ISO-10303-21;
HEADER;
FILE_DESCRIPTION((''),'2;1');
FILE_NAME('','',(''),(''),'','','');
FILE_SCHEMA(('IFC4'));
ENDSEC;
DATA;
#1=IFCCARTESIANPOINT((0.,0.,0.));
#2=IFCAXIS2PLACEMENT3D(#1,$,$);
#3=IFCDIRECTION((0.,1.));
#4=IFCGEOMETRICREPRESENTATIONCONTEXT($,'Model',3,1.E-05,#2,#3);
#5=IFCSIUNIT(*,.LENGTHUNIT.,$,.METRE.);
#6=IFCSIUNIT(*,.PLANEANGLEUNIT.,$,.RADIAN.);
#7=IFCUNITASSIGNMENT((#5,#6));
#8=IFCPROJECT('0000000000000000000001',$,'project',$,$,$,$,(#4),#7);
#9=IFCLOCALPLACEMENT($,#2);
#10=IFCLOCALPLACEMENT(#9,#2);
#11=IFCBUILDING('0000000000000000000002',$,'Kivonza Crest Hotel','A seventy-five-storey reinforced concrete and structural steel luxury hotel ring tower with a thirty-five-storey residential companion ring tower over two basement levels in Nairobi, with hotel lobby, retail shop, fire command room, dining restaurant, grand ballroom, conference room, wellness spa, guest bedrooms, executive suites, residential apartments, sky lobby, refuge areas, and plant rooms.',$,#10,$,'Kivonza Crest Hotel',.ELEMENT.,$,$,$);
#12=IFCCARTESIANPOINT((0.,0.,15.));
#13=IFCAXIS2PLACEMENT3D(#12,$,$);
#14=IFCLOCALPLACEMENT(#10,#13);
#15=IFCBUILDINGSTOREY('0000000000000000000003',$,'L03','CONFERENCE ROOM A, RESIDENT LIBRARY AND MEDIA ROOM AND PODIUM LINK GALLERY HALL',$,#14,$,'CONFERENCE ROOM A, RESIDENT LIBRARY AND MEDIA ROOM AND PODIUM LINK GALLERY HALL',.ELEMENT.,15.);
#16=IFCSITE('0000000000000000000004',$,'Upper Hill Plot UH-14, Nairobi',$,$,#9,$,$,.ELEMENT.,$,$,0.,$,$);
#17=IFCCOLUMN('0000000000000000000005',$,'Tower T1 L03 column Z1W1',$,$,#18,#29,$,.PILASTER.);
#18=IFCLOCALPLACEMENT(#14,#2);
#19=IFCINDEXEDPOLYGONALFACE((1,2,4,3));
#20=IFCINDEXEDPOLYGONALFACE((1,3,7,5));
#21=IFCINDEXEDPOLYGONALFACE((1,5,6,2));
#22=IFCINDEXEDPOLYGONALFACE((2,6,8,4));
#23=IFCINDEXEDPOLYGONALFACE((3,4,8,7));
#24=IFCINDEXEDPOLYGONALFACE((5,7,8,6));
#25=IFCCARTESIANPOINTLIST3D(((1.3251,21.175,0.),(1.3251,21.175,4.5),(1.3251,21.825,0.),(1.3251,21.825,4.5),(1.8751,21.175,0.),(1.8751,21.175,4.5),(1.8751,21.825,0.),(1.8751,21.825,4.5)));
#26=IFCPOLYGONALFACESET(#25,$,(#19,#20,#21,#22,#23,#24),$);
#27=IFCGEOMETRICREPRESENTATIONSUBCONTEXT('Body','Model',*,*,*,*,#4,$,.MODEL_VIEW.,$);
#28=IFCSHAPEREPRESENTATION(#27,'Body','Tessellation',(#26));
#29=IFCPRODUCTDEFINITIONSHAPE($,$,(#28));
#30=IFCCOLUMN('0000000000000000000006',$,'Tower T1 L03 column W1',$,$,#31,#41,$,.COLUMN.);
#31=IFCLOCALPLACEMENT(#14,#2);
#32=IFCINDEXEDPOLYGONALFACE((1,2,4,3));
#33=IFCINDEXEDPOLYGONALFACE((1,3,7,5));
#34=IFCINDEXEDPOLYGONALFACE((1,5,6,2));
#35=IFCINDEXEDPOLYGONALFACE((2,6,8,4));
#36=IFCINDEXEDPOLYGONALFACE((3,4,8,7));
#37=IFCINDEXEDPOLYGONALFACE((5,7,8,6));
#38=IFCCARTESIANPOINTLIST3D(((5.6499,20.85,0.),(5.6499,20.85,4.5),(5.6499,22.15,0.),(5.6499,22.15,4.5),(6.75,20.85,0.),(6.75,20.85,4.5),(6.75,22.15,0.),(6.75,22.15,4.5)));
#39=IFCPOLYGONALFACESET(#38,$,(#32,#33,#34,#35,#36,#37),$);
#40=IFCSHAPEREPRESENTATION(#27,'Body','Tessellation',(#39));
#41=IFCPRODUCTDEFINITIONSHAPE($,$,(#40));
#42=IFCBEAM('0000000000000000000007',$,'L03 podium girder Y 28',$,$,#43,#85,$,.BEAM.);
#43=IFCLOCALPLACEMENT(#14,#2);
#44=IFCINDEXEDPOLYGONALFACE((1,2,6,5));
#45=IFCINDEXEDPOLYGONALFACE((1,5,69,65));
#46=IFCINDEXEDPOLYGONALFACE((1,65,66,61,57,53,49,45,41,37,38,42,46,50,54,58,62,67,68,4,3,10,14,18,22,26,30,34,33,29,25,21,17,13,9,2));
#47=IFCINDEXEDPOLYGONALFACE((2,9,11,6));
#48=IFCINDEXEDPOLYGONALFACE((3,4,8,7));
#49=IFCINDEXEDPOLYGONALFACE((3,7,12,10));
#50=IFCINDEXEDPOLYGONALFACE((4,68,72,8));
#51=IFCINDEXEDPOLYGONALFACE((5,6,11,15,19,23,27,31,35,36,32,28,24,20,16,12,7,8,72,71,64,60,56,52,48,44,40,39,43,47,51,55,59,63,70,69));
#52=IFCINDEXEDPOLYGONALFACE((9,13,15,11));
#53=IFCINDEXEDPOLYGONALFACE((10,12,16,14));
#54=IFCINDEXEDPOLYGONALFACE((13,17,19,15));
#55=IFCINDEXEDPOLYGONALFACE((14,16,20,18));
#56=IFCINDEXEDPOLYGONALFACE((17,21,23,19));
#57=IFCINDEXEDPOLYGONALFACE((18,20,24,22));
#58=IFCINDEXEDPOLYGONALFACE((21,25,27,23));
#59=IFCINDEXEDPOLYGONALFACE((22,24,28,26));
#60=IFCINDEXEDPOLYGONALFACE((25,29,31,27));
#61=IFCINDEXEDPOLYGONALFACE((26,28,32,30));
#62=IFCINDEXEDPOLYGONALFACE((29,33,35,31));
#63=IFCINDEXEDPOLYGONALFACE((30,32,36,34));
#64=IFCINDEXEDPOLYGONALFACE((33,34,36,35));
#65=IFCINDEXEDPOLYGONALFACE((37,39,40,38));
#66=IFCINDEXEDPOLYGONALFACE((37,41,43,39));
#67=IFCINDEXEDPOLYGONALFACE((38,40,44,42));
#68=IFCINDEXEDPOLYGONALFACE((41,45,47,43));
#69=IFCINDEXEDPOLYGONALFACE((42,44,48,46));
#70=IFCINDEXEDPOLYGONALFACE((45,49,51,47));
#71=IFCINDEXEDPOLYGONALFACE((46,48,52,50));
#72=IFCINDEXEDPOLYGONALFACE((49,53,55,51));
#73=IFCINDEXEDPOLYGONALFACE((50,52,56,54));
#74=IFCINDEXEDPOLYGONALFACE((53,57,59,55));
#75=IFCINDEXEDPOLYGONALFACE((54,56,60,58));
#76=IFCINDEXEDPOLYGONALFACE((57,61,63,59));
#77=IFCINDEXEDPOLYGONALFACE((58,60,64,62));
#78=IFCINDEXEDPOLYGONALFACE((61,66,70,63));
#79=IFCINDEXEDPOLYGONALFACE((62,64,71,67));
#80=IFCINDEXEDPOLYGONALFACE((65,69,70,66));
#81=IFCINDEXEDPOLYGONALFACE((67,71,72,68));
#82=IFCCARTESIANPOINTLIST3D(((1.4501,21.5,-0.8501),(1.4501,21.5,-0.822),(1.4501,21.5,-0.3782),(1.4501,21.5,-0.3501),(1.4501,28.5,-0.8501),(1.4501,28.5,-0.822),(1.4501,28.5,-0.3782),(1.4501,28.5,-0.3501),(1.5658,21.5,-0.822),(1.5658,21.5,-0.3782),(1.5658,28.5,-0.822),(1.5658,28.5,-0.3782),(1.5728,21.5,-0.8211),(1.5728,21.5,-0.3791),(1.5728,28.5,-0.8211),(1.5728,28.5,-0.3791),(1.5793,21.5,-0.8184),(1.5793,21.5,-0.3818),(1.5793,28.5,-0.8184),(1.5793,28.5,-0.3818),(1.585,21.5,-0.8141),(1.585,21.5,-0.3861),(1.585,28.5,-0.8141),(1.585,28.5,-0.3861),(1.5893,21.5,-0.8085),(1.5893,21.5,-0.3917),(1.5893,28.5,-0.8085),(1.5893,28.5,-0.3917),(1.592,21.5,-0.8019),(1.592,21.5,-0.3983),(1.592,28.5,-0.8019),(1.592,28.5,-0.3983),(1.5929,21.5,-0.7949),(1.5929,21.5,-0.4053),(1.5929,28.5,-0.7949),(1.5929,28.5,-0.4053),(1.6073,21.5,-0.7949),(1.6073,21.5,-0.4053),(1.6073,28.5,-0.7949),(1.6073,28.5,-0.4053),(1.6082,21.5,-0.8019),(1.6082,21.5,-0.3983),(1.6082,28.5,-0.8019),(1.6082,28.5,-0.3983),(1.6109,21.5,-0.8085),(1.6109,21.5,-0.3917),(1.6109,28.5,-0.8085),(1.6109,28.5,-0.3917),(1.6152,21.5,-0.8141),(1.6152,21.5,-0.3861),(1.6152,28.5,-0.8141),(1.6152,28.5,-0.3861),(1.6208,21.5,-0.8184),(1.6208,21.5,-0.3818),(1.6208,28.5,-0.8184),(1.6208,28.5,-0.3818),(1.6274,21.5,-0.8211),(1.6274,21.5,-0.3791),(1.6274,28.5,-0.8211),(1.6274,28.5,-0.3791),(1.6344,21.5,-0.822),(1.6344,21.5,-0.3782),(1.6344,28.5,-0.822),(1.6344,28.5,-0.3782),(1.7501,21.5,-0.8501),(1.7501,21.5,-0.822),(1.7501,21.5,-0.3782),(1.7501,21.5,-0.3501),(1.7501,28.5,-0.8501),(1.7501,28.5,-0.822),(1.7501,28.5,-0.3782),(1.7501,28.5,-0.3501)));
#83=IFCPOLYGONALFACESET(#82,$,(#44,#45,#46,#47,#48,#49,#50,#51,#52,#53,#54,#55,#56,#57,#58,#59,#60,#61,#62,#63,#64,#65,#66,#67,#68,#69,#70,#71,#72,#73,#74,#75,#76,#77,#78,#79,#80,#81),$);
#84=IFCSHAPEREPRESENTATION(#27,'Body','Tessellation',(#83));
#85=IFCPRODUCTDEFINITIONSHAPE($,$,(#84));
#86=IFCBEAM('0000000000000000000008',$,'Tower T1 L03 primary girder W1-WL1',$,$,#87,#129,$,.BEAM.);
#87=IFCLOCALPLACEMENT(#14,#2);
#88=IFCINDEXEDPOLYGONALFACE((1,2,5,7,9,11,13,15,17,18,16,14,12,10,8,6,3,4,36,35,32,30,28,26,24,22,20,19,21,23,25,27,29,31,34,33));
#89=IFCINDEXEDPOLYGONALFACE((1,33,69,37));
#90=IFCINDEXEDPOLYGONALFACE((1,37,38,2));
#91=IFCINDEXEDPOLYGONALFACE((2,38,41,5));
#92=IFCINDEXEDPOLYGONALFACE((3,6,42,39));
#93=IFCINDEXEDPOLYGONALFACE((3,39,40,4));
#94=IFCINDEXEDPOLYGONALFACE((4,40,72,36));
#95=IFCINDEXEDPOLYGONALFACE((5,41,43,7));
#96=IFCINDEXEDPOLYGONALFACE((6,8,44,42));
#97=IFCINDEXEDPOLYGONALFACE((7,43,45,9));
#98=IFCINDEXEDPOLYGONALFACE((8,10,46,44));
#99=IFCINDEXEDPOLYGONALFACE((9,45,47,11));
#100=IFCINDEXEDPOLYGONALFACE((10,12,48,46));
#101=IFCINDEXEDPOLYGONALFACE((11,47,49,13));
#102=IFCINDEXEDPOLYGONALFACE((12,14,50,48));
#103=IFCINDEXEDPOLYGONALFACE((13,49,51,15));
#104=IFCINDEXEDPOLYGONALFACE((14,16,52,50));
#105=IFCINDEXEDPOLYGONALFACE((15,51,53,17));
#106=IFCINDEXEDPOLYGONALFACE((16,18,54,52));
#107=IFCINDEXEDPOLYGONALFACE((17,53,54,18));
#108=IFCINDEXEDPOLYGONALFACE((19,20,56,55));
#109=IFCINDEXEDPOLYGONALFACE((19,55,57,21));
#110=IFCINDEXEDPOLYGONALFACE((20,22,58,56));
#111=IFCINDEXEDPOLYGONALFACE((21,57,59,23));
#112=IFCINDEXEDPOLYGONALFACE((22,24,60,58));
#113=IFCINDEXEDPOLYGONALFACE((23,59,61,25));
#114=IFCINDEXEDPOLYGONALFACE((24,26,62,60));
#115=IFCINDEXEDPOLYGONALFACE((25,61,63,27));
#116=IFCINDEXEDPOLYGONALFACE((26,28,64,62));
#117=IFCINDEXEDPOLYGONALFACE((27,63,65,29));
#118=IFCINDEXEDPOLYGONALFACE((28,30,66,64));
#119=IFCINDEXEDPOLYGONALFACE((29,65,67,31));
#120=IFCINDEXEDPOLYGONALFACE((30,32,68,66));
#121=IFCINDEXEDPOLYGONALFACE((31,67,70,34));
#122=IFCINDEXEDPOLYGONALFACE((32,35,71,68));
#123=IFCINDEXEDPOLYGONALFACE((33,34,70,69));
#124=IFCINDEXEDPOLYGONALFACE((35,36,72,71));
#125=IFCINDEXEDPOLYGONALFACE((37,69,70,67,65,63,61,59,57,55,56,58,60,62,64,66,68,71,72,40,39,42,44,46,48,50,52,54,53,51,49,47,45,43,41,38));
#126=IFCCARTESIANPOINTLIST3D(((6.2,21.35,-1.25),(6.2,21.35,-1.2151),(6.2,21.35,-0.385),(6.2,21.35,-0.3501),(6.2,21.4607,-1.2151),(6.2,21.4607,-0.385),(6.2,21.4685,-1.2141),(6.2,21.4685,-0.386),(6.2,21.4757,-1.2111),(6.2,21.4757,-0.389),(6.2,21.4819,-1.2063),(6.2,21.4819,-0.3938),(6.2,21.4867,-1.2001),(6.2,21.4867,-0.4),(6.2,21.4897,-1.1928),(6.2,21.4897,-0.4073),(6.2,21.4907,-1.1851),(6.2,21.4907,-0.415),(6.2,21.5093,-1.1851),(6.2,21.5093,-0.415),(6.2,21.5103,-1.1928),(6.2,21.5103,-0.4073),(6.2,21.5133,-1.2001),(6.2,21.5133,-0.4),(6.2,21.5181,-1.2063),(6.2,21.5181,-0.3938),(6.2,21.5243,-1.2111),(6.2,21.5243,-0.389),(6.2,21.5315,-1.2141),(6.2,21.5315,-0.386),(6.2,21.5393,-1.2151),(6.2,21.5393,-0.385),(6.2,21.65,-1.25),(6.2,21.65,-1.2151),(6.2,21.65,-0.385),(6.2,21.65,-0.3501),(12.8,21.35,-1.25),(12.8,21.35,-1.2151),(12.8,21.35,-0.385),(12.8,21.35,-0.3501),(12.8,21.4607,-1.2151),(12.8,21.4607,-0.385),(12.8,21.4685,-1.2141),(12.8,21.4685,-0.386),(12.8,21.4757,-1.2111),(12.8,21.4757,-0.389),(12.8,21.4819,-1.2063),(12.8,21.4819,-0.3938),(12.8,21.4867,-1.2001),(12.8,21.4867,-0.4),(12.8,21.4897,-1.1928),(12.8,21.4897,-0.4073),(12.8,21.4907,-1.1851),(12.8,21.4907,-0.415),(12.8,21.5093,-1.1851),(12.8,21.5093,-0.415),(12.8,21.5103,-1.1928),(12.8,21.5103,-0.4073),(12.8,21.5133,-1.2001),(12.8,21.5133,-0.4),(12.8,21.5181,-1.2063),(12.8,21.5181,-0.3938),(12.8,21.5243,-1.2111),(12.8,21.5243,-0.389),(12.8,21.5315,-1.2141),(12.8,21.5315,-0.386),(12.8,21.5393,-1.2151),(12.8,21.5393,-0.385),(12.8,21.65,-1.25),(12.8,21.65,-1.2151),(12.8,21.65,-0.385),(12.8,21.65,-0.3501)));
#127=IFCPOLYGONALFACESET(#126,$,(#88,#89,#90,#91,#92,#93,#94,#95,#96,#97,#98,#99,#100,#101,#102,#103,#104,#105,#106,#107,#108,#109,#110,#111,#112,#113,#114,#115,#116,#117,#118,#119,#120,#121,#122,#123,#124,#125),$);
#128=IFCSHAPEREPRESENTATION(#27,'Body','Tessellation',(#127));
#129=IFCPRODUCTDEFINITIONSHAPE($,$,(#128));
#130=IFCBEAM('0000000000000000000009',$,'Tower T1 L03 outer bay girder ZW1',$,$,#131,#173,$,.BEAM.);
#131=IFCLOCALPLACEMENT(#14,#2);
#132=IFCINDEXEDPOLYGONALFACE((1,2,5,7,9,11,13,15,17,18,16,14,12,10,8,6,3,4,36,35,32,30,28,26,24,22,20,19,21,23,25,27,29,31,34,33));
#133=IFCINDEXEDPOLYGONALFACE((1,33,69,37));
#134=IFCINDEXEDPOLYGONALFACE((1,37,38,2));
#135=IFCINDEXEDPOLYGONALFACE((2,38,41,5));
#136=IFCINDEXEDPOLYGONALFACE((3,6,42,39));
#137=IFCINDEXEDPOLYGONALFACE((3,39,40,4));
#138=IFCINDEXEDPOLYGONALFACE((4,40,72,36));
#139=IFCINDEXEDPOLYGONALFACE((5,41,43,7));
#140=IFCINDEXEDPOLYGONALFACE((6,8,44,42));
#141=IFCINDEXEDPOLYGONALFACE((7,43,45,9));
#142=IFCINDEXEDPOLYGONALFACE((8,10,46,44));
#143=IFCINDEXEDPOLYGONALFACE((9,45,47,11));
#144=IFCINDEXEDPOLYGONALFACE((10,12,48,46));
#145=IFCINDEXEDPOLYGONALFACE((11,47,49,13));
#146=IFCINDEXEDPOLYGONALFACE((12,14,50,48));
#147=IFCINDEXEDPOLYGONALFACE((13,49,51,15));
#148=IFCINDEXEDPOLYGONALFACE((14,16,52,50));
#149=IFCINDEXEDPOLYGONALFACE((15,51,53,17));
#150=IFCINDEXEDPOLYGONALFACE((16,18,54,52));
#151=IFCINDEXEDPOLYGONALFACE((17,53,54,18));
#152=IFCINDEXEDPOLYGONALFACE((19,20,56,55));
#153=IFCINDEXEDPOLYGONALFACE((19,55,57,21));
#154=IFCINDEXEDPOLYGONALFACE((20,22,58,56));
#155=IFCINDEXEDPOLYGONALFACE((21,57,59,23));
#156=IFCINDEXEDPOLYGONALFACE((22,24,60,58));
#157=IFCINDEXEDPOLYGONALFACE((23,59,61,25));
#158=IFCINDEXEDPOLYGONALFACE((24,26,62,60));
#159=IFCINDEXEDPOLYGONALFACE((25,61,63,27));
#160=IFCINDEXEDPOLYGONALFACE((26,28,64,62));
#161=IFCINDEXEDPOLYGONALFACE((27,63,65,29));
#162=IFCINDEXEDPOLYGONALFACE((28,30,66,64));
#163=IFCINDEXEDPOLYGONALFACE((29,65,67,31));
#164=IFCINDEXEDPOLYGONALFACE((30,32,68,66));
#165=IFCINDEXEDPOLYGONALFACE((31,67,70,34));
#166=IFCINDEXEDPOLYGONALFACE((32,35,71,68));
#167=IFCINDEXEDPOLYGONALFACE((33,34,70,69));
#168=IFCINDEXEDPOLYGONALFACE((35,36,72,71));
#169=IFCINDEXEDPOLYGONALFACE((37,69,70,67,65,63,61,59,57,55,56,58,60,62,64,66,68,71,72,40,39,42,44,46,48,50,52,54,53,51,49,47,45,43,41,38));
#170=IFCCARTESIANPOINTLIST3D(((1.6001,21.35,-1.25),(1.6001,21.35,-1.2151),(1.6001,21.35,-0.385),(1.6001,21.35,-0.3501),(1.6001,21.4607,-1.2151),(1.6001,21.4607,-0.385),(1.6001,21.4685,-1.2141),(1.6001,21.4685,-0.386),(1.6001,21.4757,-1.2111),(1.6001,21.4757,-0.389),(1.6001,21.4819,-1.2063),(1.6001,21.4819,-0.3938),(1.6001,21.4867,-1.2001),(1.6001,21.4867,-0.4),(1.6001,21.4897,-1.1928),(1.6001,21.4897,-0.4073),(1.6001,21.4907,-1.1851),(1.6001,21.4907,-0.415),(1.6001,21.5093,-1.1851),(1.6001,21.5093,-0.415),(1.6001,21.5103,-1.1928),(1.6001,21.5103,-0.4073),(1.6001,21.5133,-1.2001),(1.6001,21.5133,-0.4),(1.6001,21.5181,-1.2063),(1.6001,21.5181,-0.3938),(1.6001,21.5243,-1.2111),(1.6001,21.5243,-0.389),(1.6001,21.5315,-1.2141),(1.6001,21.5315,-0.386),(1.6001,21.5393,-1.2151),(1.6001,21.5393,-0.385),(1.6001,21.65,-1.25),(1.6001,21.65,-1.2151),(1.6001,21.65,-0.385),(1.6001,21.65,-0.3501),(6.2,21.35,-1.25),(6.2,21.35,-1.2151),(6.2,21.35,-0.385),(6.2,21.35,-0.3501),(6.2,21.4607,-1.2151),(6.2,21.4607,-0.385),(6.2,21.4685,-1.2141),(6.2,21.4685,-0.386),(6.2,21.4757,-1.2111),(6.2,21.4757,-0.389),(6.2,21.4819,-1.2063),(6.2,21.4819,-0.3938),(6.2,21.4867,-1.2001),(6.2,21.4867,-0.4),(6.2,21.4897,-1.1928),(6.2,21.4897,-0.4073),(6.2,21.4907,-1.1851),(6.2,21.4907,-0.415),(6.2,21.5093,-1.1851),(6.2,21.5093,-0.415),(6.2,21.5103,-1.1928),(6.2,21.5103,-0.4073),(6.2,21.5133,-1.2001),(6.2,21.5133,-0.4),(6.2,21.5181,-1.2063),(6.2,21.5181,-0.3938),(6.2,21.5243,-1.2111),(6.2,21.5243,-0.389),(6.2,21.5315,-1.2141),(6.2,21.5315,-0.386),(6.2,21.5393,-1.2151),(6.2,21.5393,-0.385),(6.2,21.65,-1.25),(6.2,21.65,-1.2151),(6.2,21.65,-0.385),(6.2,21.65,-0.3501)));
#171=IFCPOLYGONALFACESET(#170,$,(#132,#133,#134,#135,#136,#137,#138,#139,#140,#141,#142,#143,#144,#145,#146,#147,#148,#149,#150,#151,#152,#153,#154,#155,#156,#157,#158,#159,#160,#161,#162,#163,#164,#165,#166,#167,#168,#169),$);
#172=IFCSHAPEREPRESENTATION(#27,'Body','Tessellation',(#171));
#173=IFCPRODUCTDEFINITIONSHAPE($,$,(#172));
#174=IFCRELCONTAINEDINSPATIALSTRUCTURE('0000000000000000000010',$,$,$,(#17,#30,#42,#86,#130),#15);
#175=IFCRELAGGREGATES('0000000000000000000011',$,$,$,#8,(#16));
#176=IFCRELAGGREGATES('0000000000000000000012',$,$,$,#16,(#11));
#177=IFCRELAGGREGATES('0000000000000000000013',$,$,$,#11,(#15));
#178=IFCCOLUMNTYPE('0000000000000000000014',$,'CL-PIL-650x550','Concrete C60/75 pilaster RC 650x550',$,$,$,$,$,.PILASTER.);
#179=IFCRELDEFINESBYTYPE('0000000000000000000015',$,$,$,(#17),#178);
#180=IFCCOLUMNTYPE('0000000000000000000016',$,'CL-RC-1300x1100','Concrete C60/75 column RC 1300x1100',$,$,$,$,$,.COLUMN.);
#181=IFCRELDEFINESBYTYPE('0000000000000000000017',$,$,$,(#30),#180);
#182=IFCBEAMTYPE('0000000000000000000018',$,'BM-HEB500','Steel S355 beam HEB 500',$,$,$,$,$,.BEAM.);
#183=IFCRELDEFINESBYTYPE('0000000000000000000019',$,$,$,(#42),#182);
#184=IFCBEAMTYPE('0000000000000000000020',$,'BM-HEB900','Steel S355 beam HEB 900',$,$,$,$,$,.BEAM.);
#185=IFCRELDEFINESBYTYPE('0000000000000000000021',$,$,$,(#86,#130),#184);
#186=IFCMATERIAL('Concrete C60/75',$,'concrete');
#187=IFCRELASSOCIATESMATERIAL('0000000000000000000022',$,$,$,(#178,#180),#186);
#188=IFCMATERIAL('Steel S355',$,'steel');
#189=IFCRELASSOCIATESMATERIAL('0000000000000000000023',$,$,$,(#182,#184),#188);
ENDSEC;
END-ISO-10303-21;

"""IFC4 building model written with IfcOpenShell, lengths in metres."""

from ifc_helpers import new_model, si_unit, direction, frame, origin, origin_2d, place, context, subcontext, project, spatial, rectangle, i_section, extrude, material, material_profile, profile_set, type_object, element, save


model = new_model("IFC4")

# Units and contexts
model_context = context("Model", 3, precision=1e-05, world=origin(), true_north=direction((0.0, 1.0)))
body_context = subcontext(model_context, "Body", "Model", "MODEL_VIEW")
ifc_project = project(units=[si_unit("LENGTHUNIT", "METRE"), si_unit("PLANEANGLEUNIT", "RADIAN")], contexts=[model_context])

# Site, building, storey
site_placement = place(None, origin())
site = spatial("IfcSite", under=ifc_project, at=site_placement, Name="Upper Hill Plot UH-14, Nairobi", CompositionType="ELEMENT", RefElevation=0.0)
building_placement = place(site_placement, origin())
building = spatial("IfcBuilding", under=site, at=building_placement, Name="Kivonza Crest Hotel", Description="A seventy-five-storey reinforced concrete and structural steel luxury hotel ring tower with a thirty-five-storey residential companion ring tower over two basement levels in Nairobi, with hotel lobby, retail shop, fire command room, dining restaurant, grand ballroom, conference room, wellness spa, guest bedrooms, executive suites, residential apartments, sky lobby, refuge areas, and plant rooms.", LongName="Kivonza Crest Hotel", CompositionType="ELEMENT")
storey_placement = place(building_placement, frame((0.0, 0.0, 15.0)))
storey = spatial("IfcBuildingStorey", under=building, at=storey_placement, Name="L03", Description="CONFERENCE ROOM A, RESIDENT LIBRARY AND MEDIA ROOM AND PODIUM LINK GALLERY HALL", LongName="CONFERENCE ROOM A, RESIDENT LIBRARY AND MEDIA ROOM AND PODIUM LINK GALLERY HALL", CompositionType="ELEMENT", Elevation=15.0)

# Columns
ifc_material_1 = material(Name="Concrete C60/75", Category="concrete")
ifc_material_profile_1 = material_profile(ifc_material_1, rectangle(XDim=0.55, YDim=0.6499, at=origin_2d()), Name="RC 650x550")
ifc_profile_set_1 = profile_set([ifc_material_profile_1], Name="Concrete C60/75")
column_type_1 = type_object("IfcColumnType", Name="CL-PIL-650x550", Description="Concrete C60/75 pilaster RC 650x550", PredefinedType="PILASTER", material=ifc_profile_set_1)
column_1_placement = place(storey_placement, frame((1.6001, 21.5, 0.0), z_axis=(0.0, 0.0, 1.0), x_axis=(1.0, 0.0, 0.0)))
element("IfcColumn", 1, at=column_1_placement, inside=storey, type_object=column_type_1, Name="Tower T1 L03 column Z1W1", PredefinedType="PILASTER", context=body_context, shape_type="SweptSolid", body=[
    extrude(rectangle(XDim=0.55, YDim=0.6499, at=origin_2d()), origin(), (0.0, 0.0, 1.0), 4.5),
])
ifc_material_profile_2 = material_profile(ifc_material_1, rectangle(XDim=1.1001, YDim=1.3, at=origin_2d()), Name="RC 1300x1100")
ifc_profile_set_2 = profile_set([ifc_material_profile_2], Name="Concrete C60/75")
column_type_2 = type_object("IfcColumnType", Name="CL-RC-1300x1100", Description="Concrete C60/75 column RC 1300x1100", PredefinedType="COLUMN", material=ifc_profile_set_2)
column_2_placement = place(storey_placement, frame((6.2, 21.5, 0.0), z_axis=(0.0, 0.0, 1.0), x_axis=(1.0, 0.0, 0.0)))
element("IfcColumn", 2, at=column_2_placement, inside=storey, type_object=column_type_2, Name="Tower T1 L03 column W1", PredefinedType="COLUMN", context=body_context, shape_type="SweptSolid", body=[
    extrude(rectangle(XDim=1.1001, YDim=1.3, at=origin_2d()), origin(), (0.0, 0.0, 1.0), 4.5),
])

# Beams
ifc_material_2 = material(Name="Steel S355", Category="steel")
ifc_material_profile_3 = material_profile(ifc_material_2, i_section(OverallWidth=0.3, OverallDepth=0.5, WebThickness=0.0144, FlangeThickness=0.0281, FilletRadius=0.0271, at=origin_2d()), Name="HEB 500")
ifc_profile_set_3 = profile_set([ifc_material_profile_3], Name="Steel S355")
beam_type_1 = type_object("IfcBeamType", Name="BM-HEB500", Description="Steel S355 beam HEB 500", PredefinedType="BEAM", material=ifc_profile_set_3)
beam_1_placement = place(storey_placement, frame((1.6001, 21.5, -0.6001), z_axis=(0.0, 1.0, 0.0), x_axis=(-1.0, 0.0, 0.0)))
element("IfcBeam", 3, at=beam_1_placement, inside=storey, type_object=beam_type_1, Name="L03 podium girder Y 28", PredefinedType="BEAM", context=body_context, shape_type="SweptSolid", body=[
    extrude(i_section(OverallWidth=0.3, OverallDepth=0.5, WebThickness=0.0144, FlangeThickness=0.0281, FilletRadius=0.0271, at=origin_2d()), origin(), (0.0, 0.0, 1.0), 7.0),
])
ifc_material_profile_4 = material_profile(ifc_material_2, i_section(OverallWidth=0.3, OverallDepth=0.8999, WebThickness=0.0186, FlangeThickness=0.0349, FilletRadius=0.03, at=origin_2d()), Name="HEB 900")
ifc_profile_set_4 = profile_set([ifc_material_profile_4], Name="Steel S355")
beam_type_2 = type_object("IfcBeamType", Name="BM-HEB900", Description="Steel S355 beam HEB 900", PredefinedType="BEAM", material=ifc_profile_set_4)
beam_2_placement = place(storey_placement, frame((6.2, 21.5, -0.8), z_axis=(1.0, 0.0, 0.0), x_axis=(0.0, 1.0, 0.0)))
element("IfcBeam", 4, at=beam_2_placement, inside=storey, type_object=beam_type_2, Name="Tower T1 L03 primary girder W1-WL1", PredefinedType="BEAM", context=body_context, shape_type="SweptSolid", body=[
    extrude(i_section(OverallWidth=0.3, OverallDepth=0.8999, WebThickness=0.0186, FlangeThickness=0.0349, FilletRadius=0.03, at=origin_2d()), origin(), (0.0, 0.0, 1.0), 6.6001),
])
beam_3_placement = place(storey_placement, frame((1.6001, 21.5, -0.8), z_axis=(1.0, 0.0, 0.0), x_axis=(0.0, 1.0, 0.0)))
element("IfcBeam", 5, at=beam_3_placement, inside=storey, type_object=beam_type_2, Name="Tower T1 L03 outer bay girder ZW1", PredefinedType="BEAM", context=body_context, shape_type="SweptSolid", body=[
    extrude(i_section(OverallWidth=0.3, OverallDepth=0.8999, WebThickness=0.0186, FlangeThickness=0.0349, FilletRadius=0.03, at=origin_2d()), origin(), (0.0, 0.0, 1.0), 4.5999),
])

save(model, "model.ifc")
